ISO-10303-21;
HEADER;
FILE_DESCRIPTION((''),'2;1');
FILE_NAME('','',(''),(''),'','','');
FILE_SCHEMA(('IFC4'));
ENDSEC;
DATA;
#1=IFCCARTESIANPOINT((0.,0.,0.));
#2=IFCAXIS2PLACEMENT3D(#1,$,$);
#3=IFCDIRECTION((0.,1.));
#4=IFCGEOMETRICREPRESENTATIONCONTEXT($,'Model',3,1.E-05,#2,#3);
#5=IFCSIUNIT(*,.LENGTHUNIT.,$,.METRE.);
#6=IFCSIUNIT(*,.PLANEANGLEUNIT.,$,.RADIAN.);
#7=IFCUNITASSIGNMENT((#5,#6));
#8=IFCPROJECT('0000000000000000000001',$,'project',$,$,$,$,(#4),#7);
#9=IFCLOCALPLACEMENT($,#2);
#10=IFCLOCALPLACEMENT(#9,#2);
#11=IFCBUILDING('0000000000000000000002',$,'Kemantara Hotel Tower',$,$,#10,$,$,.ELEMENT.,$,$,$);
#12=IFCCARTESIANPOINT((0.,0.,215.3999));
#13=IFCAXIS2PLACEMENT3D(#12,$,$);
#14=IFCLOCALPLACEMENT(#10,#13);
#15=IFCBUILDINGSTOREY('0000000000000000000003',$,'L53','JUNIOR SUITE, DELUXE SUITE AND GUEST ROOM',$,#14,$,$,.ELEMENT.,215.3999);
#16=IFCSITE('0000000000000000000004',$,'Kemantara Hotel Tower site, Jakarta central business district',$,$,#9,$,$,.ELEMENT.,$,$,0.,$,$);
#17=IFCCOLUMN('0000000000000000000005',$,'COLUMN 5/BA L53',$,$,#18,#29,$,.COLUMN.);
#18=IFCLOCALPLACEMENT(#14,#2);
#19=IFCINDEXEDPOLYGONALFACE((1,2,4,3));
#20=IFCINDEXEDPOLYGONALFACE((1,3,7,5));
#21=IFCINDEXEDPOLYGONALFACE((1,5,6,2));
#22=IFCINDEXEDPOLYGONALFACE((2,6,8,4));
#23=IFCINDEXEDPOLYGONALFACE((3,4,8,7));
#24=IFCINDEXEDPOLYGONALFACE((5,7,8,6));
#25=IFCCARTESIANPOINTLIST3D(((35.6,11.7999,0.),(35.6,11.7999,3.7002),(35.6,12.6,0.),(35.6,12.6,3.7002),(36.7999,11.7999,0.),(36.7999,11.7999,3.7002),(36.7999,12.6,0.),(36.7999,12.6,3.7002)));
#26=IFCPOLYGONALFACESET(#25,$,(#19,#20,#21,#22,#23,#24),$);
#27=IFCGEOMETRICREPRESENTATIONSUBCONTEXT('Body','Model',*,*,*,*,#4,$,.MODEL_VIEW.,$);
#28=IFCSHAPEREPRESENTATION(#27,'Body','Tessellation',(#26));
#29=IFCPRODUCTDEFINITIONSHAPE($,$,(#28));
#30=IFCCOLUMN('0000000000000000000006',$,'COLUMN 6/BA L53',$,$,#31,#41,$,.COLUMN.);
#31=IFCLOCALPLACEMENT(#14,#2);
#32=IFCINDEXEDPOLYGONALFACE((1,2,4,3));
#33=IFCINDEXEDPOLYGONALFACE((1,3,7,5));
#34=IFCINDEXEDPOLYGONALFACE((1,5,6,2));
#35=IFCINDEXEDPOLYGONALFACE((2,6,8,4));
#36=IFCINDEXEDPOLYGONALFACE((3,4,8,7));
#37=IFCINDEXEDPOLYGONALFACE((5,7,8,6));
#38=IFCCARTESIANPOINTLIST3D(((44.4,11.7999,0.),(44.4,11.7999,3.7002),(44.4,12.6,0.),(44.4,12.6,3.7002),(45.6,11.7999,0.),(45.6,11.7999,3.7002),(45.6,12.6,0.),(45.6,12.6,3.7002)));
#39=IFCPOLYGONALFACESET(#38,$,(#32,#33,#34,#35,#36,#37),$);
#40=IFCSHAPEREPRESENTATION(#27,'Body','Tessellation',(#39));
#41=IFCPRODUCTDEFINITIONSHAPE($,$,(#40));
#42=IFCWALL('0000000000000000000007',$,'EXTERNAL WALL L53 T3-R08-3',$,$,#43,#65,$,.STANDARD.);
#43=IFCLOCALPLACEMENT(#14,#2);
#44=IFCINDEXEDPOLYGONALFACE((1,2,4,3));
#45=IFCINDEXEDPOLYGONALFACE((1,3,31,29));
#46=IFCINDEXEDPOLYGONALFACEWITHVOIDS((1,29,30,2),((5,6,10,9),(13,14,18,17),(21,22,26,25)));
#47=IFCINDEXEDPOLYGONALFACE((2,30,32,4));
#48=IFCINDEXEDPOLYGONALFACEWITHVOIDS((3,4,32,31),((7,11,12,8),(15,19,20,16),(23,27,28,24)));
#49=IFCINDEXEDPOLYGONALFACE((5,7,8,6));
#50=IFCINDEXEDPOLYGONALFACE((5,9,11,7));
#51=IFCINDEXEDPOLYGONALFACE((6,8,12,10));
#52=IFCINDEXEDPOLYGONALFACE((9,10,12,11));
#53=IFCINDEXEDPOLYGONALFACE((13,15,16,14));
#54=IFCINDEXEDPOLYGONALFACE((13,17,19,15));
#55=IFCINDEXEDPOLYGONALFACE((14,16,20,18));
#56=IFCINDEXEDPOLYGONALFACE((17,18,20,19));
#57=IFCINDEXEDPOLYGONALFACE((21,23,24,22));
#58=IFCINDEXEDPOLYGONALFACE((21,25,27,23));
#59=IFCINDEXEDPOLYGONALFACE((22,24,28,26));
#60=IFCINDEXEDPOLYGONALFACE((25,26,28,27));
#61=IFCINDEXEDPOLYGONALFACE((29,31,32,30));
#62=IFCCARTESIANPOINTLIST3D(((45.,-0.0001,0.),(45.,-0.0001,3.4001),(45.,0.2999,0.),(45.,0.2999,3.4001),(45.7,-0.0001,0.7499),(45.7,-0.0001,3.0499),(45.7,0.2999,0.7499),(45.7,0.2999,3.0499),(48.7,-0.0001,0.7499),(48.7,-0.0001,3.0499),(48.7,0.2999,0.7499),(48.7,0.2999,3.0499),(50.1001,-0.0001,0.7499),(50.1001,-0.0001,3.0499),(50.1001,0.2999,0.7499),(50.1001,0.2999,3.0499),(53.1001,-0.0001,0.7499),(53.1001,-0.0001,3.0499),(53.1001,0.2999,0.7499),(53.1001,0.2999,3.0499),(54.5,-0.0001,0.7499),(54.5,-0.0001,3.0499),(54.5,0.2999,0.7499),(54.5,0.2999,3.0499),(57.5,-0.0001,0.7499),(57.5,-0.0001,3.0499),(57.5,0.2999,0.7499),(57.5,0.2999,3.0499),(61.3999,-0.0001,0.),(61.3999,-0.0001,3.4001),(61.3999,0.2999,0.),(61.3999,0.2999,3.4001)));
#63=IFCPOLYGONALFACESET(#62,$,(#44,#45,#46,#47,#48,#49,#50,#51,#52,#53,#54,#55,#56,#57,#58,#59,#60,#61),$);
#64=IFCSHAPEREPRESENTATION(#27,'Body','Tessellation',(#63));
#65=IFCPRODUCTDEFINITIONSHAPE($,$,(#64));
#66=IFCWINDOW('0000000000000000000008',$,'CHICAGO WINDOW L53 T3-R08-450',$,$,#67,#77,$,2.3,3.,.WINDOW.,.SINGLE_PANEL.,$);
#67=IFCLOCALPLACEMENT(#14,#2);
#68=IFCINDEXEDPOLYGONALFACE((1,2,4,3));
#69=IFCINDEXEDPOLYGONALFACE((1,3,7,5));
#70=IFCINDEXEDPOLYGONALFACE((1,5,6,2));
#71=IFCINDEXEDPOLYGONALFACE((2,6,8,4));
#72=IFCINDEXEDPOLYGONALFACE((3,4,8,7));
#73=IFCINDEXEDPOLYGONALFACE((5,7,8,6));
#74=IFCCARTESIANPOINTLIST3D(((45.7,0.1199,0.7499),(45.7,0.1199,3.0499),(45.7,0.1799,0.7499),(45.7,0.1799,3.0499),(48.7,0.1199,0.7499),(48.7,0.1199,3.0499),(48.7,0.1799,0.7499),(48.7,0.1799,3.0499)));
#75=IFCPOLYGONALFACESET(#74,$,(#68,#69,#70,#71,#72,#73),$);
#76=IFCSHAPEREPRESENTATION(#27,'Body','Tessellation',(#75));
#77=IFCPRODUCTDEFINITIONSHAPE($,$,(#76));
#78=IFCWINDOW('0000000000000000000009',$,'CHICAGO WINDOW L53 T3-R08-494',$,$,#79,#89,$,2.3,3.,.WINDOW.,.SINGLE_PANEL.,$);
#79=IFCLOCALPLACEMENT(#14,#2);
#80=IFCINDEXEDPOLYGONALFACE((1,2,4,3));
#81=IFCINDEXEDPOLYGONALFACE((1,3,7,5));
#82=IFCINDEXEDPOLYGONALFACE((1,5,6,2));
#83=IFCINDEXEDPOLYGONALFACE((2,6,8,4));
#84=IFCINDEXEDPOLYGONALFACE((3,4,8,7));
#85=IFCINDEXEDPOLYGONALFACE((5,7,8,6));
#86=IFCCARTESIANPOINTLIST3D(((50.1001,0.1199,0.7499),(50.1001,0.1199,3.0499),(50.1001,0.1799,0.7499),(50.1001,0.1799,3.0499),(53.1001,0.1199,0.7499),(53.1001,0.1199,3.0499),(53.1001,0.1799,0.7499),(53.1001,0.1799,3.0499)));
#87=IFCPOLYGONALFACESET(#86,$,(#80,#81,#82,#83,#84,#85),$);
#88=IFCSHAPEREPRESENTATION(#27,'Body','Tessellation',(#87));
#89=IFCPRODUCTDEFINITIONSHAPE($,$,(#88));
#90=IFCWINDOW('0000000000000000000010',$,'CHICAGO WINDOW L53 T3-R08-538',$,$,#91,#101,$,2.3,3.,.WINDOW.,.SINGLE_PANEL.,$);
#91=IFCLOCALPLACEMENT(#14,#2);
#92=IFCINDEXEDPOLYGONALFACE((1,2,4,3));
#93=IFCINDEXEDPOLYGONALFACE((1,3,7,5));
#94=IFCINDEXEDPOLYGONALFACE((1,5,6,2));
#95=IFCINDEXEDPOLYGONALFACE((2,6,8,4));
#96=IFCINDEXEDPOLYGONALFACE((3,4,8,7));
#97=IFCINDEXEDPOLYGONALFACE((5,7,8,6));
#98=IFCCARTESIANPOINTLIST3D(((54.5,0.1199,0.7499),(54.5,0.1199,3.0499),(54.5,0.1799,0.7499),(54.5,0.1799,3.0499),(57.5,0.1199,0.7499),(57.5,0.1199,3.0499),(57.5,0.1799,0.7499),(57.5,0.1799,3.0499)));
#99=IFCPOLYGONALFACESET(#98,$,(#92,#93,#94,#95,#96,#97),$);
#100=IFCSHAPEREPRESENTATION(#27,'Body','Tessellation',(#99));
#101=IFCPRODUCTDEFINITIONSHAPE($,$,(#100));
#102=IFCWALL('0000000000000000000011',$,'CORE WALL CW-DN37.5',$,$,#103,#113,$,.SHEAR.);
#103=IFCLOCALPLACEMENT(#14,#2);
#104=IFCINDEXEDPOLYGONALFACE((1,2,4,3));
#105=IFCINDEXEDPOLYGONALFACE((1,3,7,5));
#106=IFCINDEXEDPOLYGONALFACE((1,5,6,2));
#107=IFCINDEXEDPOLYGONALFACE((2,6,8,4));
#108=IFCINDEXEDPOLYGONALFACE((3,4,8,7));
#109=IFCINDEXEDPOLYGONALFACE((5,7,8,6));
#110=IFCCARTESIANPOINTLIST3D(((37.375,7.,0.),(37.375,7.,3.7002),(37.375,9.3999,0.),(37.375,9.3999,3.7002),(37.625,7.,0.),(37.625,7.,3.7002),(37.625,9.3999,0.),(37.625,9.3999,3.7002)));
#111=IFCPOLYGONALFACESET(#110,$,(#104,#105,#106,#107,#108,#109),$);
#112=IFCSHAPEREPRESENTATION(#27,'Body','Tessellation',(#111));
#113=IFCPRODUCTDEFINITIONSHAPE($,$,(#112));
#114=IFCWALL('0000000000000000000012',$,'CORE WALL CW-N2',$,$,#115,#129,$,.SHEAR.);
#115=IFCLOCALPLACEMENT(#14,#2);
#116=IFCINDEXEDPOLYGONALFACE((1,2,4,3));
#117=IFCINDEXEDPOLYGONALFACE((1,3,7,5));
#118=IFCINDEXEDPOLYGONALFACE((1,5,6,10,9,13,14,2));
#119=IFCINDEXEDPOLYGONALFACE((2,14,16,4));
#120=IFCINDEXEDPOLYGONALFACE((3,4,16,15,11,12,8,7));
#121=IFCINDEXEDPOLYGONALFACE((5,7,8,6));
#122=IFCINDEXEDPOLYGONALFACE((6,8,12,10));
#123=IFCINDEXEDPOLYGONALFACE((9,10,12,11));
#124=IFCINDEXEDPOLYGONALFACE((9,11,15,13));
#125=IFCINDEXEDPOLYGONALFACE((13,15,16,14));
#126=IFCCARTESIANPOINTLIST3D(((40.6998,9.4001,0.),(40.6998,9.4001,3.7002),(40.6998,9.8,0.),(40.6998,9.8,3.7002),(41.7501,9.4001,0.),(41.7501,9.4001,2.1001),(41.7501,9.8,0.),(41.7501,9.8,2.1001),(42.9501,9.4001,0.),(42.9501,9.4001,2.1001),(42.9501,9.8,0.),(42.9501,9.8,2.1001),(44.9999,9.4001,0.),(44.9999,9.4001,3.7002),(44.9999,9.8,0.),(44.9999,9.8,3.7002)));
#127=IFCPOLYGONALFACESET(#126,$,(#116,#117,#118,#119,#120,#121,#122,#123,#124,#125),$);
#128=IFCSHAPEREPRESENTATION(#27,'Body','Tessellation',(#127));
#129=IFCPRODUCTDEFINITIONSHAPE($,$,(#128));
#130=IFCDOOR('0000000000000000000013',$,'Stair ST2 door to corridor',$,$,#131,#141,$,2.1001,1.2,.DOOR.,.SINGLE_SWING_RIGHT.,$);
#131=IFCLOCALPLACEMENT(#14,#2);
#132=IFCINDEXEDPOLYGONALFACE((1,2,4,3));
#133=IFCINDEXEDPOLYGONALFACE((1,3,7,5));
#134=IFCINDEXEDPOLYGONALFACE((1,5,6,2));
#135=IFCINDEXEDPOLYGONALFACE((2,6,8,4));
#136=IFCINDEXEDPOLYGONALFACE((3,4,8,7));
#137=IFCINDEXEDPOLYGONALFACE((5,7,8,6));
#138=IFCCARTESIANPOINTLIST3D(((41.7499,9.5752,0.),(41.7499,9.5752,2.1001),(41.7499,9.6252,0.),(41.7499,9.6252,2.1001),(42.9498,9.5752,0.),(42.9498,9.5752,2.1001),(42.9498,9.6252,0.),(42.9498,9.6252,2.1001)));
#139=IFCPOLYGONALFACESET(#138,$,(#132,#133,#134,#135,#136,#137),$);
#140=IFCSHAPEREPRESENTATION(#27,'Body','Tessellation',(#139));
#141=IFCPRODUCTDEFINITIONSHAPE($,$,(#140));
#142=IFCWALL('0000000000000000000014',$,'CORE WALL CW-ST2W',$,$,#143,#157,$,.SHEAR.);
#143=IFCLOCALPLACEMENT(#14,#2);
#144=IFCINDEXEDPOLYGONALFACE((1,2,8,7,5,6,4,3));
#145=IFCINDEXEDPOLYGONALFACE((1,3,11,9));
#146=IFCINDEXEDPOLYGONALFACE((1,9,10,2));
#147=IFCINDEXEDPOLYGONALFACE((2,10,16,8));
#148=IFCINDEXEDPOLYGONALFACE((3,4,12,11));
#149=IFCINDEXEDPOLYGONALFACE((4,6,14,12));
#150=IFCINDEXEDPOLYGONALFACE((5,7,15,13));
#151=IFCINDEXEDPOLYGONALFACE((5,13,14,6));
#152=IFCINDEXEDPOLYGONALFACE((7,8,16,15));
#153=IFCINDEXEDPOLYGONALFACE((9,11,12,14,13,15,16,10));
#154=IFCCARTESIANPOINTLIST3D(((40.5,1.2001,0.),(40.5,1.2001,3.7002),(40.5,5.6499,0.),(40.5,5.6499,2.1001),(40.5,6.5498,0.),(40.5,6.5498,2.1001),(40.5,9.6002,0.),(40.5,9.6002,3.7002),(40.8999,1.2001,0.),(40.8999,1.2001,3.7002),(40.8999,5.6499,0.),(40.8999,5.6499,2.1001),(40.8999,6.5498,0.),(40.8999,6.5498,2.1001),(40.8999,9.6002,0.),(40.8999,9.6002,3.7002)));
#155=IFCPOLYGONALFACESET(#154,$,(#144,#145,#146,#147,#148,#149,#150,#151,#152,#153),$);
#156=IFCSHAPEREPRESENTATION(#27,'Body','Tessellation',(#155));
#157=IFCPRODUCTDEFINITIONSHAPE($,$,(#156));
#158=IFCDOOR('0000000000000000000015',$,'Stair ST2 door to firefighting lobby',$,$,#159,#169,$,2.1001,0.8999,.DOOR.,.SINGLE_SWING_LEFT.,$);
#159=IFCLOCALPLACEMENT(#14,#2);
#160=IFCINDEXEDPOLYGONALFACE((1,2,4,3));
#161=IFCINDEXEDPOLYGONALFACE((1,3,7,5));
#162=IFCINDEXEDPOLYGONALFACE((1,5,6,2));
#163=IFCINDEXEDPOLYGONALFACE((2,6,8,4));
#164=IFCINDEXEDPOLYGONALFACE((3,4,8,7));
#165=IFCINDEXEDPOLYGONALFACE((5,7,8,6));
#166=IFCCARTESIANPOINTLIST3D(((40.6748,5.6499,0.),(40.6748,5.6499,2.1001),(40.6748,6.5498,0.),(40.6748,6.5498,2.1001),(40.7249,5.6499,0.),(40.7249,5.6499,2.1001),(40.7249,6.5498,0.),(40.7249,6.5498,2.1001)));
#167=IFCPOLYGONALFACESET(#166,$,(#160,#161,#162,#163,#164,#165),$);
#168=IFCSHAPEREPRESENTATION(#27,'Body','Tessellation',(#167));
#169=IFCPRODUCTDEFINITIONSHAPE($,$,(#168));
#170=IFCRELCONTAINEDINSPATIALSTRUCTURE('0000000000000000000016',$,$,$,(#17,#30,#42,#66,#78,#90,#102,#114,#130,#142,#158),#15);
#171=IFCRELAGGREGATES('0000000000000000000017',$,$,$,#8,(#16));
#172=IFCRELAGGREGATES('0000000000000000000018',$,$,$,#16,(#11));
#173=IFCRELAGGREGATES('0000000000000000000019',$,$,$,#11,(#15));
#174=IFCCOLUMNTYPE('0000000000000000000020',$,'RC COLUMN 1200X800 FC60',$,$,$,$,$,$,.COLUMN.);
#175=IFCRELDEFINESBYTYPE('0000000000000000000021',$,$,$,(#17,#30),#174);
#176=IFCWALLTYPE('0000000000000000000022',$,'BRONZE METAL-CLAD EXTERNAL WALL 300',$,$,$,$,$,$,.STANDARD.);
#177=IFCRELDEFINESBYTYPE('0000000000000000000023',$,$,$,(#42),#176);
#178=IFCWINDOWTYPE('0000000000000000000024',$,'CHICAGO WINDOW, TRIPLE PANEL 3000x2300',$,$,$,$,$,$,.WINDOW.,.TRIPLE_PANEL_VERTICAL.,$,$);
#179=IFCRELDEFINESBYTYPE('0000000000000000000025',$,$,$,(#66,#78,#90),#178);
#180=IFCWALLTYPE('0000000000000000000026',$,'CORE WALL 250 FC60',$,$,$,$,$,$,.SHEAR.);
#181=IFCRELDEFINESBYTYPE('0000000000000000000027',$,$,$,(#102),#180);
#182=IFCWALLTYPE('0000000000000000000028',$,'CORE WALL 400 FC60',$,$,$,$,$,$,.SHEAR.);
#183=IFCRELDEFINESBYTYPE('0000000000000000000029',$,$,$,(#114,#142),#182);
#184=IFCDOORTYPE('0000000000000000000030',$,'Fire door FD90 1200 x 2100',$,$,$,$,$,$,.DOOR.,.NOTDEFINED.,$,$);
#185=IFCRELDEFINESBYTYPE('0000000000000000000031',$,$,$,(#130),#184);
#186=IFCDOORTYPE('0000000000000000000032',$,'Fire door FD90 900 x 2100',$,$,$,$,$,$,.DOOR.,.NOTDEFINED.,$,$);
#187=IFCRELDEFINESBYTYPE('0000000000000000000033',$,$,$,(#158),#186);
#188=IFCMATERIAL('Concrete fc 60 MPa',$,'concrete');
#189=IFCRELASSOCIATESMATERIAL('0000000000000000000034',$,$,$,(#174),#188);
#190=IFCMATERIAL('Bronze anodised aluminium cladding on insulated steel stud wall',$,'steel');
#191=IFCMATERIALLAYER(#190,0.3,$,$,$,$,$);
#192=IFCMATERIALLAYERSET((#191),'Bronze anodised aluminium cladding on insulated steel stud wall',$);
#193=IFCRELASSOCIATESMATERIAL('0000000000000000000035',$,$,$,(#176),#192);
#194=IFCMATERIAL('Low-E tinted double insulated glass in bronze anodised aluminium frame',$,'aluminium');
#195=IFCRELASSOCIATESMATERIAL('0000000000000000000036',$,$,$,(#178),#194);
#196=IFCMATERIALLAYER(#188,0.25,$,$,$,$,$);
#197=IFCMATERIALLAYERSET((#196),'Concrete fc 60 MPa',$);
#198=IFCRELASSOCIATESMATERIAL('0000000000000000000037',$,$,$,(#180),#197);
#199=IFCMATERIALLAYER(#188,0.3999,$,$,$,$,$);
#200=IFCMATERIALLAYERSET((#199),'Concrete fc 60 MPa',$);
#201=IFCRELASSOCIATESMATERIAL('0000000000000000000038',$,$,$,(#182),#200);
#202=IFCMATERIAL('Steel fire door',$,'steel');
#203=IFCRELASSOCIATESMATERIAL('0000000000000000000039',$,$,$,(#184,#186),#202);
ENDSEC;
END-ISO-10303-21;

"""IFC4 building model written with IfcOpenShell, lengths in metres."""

from ifc_helpers import new_model, si_unit, direction, frame, frame_2d, origin, origin_2d, place, context, subcontext, project, spatial, rectangle, extrude, material, layer, layer_set, material_profile, profile_set, type_object, element, fill, save


model = new_model("IFC4")

# Units and contexts
model_context = context("Model", 3, precision=1e-05, world=origin(), true_north=direction((0.0, 1.0)))
body_context = subcontext(model_context, "Body", "Model", "MODEL_VIEW")
ifc_project = project(units=[si_unit("LENGTHUNIT", "METRE"), si_unit("PLANEANGLEUNIT", "RADIAN")], contexts=[model_context])

# Site, building, storey
site_placement = place(None, origin())
site = spatial("IfcSite", under=ifc_project, at=site_placement, Name="Kemantara Hotel Tower site, Jakarta central business district", CompositionType="ELEMENT", RefElevation=0.0)
building_placement = place(site_placement, origin())
building = spatial("IfcBuilding", under=site, at=building_placement, Name="Kemantara Hotel Tower", CompositionType="ELEMENT")
storey_placement = place(building_placement, frame((0.0, 0.0, 215.3999)))
storey = spatial("IfcBuildingStorey", under=building, at=storey_placement, Name="L53", Description="JUNIOR SUITE, DELUXE SUITE AND GUEST ROOM", CompositionType="ELEMENT", Elevation=215.3999)

# Columns
ifc_material_1 = material(Name="Concrete fc 60 MPa", Category="concrete")
ifc_material_profile = material_profile(ifc_material_1, rectangle(XDim=1.2, YDim=0.8, at=origin_2d()), Name="RC 1200X800")
ifc_profile_set = profile_set([ifc_material_profile], Name="Concrete fc 60 MPa")
column_type = type_object("IfcColumnType", Name="RC COLUMN 1200X800 FC60", PredefinedType="COLUMN", material=ifc_profile_set)
for number, where, z_axis, x_axis, name in (
    (1, (36.2, 12.2, 0.0), (0.0, 0.0, 1.0), (1.0, 0.0, 0.0), "COLUMN 5/BA L53"),
    (2, (45.0, 12.2, 0.0), (0.0, 0.0, 1.0), (1.0, 0.0, 0.0), "COLUMN 6/BA L53"),
):
    element("IfcColumn", number, at=place(storey_placement, frame(where, z_axis=z_axis, x_axis=x_axis)), inside=storey, type_object=column_type, Name=name, PredefinedType="COLUMN", context=body_context, shape_type="SweptSolid", body=[
        extrude(rectangle(XDim=1.2, YDim=0.8, at=origin_2d()), origin(), (0.0, 0.0, 1.0), 3.7002),
    ])

# Wall, openings, windows
ifc_material_2 = material(Name="Bronze anodised aluminium cladding on insulated steel stud wall", Category="steel")
ifc_layer_1 = layer(ifc_material_2, 0.3)
ifc_layer_set_1 = layer_set([ifc_layer_1], Name="Bronze anodised aluminium cladding on insulated steel stud wall")
wall_type_1 = type_object("IfcWallType", Name="BRONZE METAL-CLAD EXTERNAL WALL 300", PredefinedType="STANDARD", material=ifc_layer_set_1)
wall_1_placement = place(storey_placement, frame((45.0, 0.1499, 0.0), z_axis=(0.0, 0.0, 1.0), x_axis=(1.0, 0.0, 0.0)))
wall_1 = element("IfcWall", 3, at=wall_1_placement, inside=storey, type_object=wall_type_1, Name="EXTERNAL WALL L53 T3-R08-3", PredefinedType="STANDARD", context=body_context, shape_type="SweptSolid", body=[
    extrude(rectangle(XDim=16.3999, YDim=0.3, at=frame_2d((8.2, 0.0))), origin(), (0.0, 0.0, 1.0), 3.4001),
])
opening_1_placement = place(wall_1_placement, frame((0.7, 0.0, 0.75)))
opening_1 = element("IfcOpeningElement", 4, at=opening_1_placement, cuts=wall_1, PredefinedType="OPENING", context=body_context, shape_type="SweptSolid", body=[
    extrude(rectangle(XDim=3.0, YDim=2.3, at=frame_2d((1.5, 1.1499))), frame((0.0, 0.1599, 0.0), z_axis=(0.0, -1.0, 0.0), x_axis=(1.0, 0.0, 0.0)), (0.0, 0.0, 1.0), 0.3201),
])
opening_2_placement = place(wall_1_placement, frame((5.1001, 0.0, 0.75)))
opening_2 = element("IfcOpeningElement", 5, at=opening_2_placement, cuts=wall_1, PredefinedType="OPENING", context=body_context, shape_type="SweptSolid", body=[
    extrude(rectangle(XDim=3.0, YDim=2.3, at=frame_2d((1.5, 1.1499))), frame((0.0, 0.1599, 0.0), z_axis=(0.0, -1.0, 0.0), x_axis=(1.0, 0.0, 0.0)), (0.0, 0.0, 1.0), 0.3201),
])
opening_3_placement = place(wall_1_placement, frame((9.5, 0.0, 0.75)))
opening_3 = element("IfcOpeningElement", 6, at=opening_3_placement, cuts=wall_1, PredefinedType="OPENING", context=body_context, shape_type="SweptSolid", body=[
    extrude(rectangle(XDim=3.0, YDim=2.3, at=frame_2d((1.5, 1.1499))), frame((0.0, 0.1599, 0.0), z_axis=(0.0, -1.0, 0.0), x_axis=(1.0, 0.0, 0.0)), (0.0, 0.0, 1.0), 0.3201),
])
ifc_material_3 = material(Name="Low-E tinted double insulated glass in bronze anodised aluminium frame", Category="aluminium")
window_type = type_object("IfcWindowType", Name="CHICAGO WINDOW, TRIPLE PANEL 3000x2300", PartitioningType="TRIPLE_PANEL_VERTICAL", PredefinedType="WINDOW", material=ifc_material_3)
window_1_placement = place(opening_1_placement, origin())
window_1 = element("IfcWindow", 7, at=window_1_placement, inside=storey, type_object=window_type, Name="CHICAGO WINDOW L53 T3-R08-450", OverallHeight=2.3, OverallWidth=3.0, PartitioningType="SINGLE_PANEL", PredefinedType="WINDOW", context=body_context, shape_type="SweptSolid", body=[
    extrude(rectangle(XDim=3.0, YDim=2.3, at=frame_2d((1.5, 1.1499))), frame((0.0, 0.03, 0.0), z_axis=(0.0, -1.0, 0.0), x_axis=(1.0, 0.0, 0.0)), (0.0, 0.0, 1.0), 0.0601),
])
fill(opening_1, window_1)
window_2_placement = place(opening_2_placement, origin())
window_2 = element("IfcWindow", 8, at=window_2_placement, inside=storey, type_object=window_type, Name="CHICAGO WINDOW L53 T3-R08-494", OverallHeight=2.3, OverallWidth=3.0, PartitioningType="SINGLE_PANEL", PredefinedType="WINDOW", context=body_context, shape_type="SweptSolid", body=[
    extrude(rectangle(XDim=3.0, YDim=2.3, at=frame_2d((1.5, 1.1499))), frame((0.0, 0.03, 0.0), z_axis=(0.0, -1.0, 0.0), x_axis=(1.0, 0.0, 0.0)), (0.0, 0.0, 1.0), 0.0601),
])
fill(opening_2, window_2)
window_3_placement = place(opening_3_placement, origin())
window_3 = element("IfcWindow", 9, at=window_3_placement, inside=storey, type_object=window_type, Name="CHICAGO WINDOW L53 T3-R08-538", OverallHeight=2.3, OverallWidth=3.0, PartitioningType="SINGLE_PANEL", PredefinedType="WINDOW", context=body_context, shape_type="SweptSolid", body=[
    extrude(rectangle(XDim=3.0, YDim=2.3, at=frame_2d((1.5, 1.1499))), frame((0.0, 0.03, 0.0), z_axis=(0.0, -1.0, 0.0), x_axis=(1.0, 0.0, 0.0)), (0.0, 0.0, 1.0), 0.0601),
])
fill(opening_3, window_3)

# Wall
ifc_layer_2 = layer(ifc_material_1, 0.25)
ifc_layer_set_2 = layer_set([ifc_layer_2], Name="Concrete fc 60 MPa")
wall_type_2 = type_object("IfcWallType", Name="CORE WALL 250 FC60", PredefinedType="SHEAR", material=ifc_layer_set_2)
wall_2_placement = place(storey_placement, frame((37.5, 7.0, 0.0), z_axis=(0.0, 0.0, 1.0), x_axis=(0.0, 1.0, 0.0)))
element("IfcWall", 10, at=wall_2_placement, inside=storey, type_object=wall_type_2, Name="CORE WALL CW-DN37.5", PredefinedType="SHEAR", context=body_context, shape_type="SweptSolid", body=[
    extrude(rectangle(XDim=2.3999, YDim=0.25, at=frame_2d((1.2, 0.0))), origin(), (0.0, 0.0, 1.0), 3.7002),
])

# Walls, openings, doors
ifc_layer_3 = layer(ifc_material_1, 0.3999)
ifc_layer_set_3 = layer_set([ifc_layer_3], Name="Concrete fc 60 MPa")
wall_type_3 = type_object("IfcWallType", Name="CORE WALL 400 FC60", PredefinedType="SHEAR", material=ifc_layer_set_3)
wall_3_placement = place(storey_placement, frame((40.7, 9.6001, 0.0), z_axis=(0.0, 0.0, 1.0), x_axis=(1.0, 0.0, 0.0)))
wall_3 = element("IfcWall", 11, at=wall_3_placement, inside=storey, type_object=wall_type_3, Name="CORE WALL CW-N2", PredefinedType="SHEAR", context=body_context, shape_type="SweptSolid", body=[
    extrude(rectangle(XDim=4.3, YDim=0.3999, at=frame_2d((2.1499, 0.0))), origin(), (0.0, 0.0, 1.0), 3.7002),
])
opening_4_placement = place(wall_3_placement, frame((1.05, 0.0, 0.0)))
opening_4 = element("IfcOpeningElement", 12, at=opening_4_placement, cuts=wall_3, PredefinedType="OPENING", context=body_context, shape_type="SweptSolid", body=[
    extrude(rectangle(XDim=1.2, YDim=2.1001, at=frame_2d((0.6001, 1.05))), frame((0.0, 0.21, 0.0), z_axis=(0.0, -1.0, 0.0), x_axis=(1.0, 0.0, 0.0)), (0.0, 0.0, 1.0), 0.4199),
])
ifc_material_4 = material(Name="Steel fire door", Category="steel")
door_type_1 = type_object("IfcDoorType", Name="Fire door FD90 1200 x 2100", OperationType="NOTDEFINED", PredefinedType="DOOR", material=ifc_material_4)
door_1_placement = place(opening_4_placement, frame((1.2, 0.0, 0.0), z_axis=(0.0, 0.0, 1.0), x_axis=(-1.0, 0.0, 0.0)))
door_1 = element("IfcDoor", 13, at=door_1_placement, inside=storey, type_object=door_type_1, Name="Stair ST2 door to corridor", OperationType="SINGLE_SWING_RIGHT", OverallHeight=2.1001, OverallWidth=1.2, PredefinedType="DOOR", context=body_context, shape_type="SweptSolid", body=[
    extrude(rectangle(XDim=1.2, YDim=2.1001, at=frame_2d((0.6001, 1.05))), frame((0.0, 0.0249, 0.0), z_axis=(0.0, -1.0, 0.0), x_axis=(1.0, 0.0, 0.0)), (0.0, 0.0, 1.0), 0.05),
])
fill(opening_4, door_1)
wall_4_placement = place(storey_placement, frame((40.7, 1.2, 0.0), z_axis=(0.0, 0.0, 1.0), x_axis=(0.0, 1.0, 0.0)))
wall_4 = element("IfcWall", 14, at=wall_4_placement, inside=storey, type_object=wall_type_3, Name="CORE WALL CW-ST2W", PredefinedType="SHEAR", context=body_context, shape_type="SweptSolid", body=[
    extrude(rectangle(XDim=8.4001, YDim=0.3999, at=frame_2d((4.2002, 0.0))), origin(), (0.0, 0.0, 1.0), 3.7002),
])
opening_5_placement = place(wall_4_placement, frame((4.45, 0.0, 0.0)))
opening_5 = element("IfcOpeningElement", 15, at=opening_5_placement, cuts=wall_4, PredefinedType="OPENING", context=body_context, shape_type="SweptSolid", body=[
    extrude(rectangle(XDim=0.8999, YDim=2.1001, at=frame_2d((0.45, 1.05))), frame((0.0, 0.21, 0.0), z_axis=(0.0, -1.0, 0.0), x_axis=(1.0, 0.0, 0.0)), (0.0, 0.0, 1.0), 0.4199),
])
door_type_2 = type_object("IfcDoorType", Name="Fire door FD90 900 x 2100", OperationType="NOTDEFINED", PredefinedType="DOOR", material=ifc_material_4)
door_2_placement = place(opening_5_placement, frame((0.8999, 0.0, 0.0), z_axis=(0.0, 0.0, 1.0), x_axis=(-1.0, 0.0, 0.0)))
door_2 = element("IfcDoor", 16, at=door_2_placement, inside=storey, type_object=door_type_2, Name="Stair ST2 door to firefighting lobby", OperationType="SINGLE_SWING_LEFT", OverallHeight=2.1001, OverallWidth=0.8999, PredefinedType="DOOR", context=body_context, shape_type="SweptSolid", body=[
    extrude(rectangle(XDim=0.8999, YDim=2.1001, at=frame_2d((0.45, 1.05))), frame((0.0, 0.0249, 0.0), z_axis=(0.0, -1.0, 0.0), x_axis=(1.0, 0.0, 0.0)), (0.0, 0.0, 1.0), 0.05),
])
fill(opening_5, door_2)

save(model, "model.ifc")
